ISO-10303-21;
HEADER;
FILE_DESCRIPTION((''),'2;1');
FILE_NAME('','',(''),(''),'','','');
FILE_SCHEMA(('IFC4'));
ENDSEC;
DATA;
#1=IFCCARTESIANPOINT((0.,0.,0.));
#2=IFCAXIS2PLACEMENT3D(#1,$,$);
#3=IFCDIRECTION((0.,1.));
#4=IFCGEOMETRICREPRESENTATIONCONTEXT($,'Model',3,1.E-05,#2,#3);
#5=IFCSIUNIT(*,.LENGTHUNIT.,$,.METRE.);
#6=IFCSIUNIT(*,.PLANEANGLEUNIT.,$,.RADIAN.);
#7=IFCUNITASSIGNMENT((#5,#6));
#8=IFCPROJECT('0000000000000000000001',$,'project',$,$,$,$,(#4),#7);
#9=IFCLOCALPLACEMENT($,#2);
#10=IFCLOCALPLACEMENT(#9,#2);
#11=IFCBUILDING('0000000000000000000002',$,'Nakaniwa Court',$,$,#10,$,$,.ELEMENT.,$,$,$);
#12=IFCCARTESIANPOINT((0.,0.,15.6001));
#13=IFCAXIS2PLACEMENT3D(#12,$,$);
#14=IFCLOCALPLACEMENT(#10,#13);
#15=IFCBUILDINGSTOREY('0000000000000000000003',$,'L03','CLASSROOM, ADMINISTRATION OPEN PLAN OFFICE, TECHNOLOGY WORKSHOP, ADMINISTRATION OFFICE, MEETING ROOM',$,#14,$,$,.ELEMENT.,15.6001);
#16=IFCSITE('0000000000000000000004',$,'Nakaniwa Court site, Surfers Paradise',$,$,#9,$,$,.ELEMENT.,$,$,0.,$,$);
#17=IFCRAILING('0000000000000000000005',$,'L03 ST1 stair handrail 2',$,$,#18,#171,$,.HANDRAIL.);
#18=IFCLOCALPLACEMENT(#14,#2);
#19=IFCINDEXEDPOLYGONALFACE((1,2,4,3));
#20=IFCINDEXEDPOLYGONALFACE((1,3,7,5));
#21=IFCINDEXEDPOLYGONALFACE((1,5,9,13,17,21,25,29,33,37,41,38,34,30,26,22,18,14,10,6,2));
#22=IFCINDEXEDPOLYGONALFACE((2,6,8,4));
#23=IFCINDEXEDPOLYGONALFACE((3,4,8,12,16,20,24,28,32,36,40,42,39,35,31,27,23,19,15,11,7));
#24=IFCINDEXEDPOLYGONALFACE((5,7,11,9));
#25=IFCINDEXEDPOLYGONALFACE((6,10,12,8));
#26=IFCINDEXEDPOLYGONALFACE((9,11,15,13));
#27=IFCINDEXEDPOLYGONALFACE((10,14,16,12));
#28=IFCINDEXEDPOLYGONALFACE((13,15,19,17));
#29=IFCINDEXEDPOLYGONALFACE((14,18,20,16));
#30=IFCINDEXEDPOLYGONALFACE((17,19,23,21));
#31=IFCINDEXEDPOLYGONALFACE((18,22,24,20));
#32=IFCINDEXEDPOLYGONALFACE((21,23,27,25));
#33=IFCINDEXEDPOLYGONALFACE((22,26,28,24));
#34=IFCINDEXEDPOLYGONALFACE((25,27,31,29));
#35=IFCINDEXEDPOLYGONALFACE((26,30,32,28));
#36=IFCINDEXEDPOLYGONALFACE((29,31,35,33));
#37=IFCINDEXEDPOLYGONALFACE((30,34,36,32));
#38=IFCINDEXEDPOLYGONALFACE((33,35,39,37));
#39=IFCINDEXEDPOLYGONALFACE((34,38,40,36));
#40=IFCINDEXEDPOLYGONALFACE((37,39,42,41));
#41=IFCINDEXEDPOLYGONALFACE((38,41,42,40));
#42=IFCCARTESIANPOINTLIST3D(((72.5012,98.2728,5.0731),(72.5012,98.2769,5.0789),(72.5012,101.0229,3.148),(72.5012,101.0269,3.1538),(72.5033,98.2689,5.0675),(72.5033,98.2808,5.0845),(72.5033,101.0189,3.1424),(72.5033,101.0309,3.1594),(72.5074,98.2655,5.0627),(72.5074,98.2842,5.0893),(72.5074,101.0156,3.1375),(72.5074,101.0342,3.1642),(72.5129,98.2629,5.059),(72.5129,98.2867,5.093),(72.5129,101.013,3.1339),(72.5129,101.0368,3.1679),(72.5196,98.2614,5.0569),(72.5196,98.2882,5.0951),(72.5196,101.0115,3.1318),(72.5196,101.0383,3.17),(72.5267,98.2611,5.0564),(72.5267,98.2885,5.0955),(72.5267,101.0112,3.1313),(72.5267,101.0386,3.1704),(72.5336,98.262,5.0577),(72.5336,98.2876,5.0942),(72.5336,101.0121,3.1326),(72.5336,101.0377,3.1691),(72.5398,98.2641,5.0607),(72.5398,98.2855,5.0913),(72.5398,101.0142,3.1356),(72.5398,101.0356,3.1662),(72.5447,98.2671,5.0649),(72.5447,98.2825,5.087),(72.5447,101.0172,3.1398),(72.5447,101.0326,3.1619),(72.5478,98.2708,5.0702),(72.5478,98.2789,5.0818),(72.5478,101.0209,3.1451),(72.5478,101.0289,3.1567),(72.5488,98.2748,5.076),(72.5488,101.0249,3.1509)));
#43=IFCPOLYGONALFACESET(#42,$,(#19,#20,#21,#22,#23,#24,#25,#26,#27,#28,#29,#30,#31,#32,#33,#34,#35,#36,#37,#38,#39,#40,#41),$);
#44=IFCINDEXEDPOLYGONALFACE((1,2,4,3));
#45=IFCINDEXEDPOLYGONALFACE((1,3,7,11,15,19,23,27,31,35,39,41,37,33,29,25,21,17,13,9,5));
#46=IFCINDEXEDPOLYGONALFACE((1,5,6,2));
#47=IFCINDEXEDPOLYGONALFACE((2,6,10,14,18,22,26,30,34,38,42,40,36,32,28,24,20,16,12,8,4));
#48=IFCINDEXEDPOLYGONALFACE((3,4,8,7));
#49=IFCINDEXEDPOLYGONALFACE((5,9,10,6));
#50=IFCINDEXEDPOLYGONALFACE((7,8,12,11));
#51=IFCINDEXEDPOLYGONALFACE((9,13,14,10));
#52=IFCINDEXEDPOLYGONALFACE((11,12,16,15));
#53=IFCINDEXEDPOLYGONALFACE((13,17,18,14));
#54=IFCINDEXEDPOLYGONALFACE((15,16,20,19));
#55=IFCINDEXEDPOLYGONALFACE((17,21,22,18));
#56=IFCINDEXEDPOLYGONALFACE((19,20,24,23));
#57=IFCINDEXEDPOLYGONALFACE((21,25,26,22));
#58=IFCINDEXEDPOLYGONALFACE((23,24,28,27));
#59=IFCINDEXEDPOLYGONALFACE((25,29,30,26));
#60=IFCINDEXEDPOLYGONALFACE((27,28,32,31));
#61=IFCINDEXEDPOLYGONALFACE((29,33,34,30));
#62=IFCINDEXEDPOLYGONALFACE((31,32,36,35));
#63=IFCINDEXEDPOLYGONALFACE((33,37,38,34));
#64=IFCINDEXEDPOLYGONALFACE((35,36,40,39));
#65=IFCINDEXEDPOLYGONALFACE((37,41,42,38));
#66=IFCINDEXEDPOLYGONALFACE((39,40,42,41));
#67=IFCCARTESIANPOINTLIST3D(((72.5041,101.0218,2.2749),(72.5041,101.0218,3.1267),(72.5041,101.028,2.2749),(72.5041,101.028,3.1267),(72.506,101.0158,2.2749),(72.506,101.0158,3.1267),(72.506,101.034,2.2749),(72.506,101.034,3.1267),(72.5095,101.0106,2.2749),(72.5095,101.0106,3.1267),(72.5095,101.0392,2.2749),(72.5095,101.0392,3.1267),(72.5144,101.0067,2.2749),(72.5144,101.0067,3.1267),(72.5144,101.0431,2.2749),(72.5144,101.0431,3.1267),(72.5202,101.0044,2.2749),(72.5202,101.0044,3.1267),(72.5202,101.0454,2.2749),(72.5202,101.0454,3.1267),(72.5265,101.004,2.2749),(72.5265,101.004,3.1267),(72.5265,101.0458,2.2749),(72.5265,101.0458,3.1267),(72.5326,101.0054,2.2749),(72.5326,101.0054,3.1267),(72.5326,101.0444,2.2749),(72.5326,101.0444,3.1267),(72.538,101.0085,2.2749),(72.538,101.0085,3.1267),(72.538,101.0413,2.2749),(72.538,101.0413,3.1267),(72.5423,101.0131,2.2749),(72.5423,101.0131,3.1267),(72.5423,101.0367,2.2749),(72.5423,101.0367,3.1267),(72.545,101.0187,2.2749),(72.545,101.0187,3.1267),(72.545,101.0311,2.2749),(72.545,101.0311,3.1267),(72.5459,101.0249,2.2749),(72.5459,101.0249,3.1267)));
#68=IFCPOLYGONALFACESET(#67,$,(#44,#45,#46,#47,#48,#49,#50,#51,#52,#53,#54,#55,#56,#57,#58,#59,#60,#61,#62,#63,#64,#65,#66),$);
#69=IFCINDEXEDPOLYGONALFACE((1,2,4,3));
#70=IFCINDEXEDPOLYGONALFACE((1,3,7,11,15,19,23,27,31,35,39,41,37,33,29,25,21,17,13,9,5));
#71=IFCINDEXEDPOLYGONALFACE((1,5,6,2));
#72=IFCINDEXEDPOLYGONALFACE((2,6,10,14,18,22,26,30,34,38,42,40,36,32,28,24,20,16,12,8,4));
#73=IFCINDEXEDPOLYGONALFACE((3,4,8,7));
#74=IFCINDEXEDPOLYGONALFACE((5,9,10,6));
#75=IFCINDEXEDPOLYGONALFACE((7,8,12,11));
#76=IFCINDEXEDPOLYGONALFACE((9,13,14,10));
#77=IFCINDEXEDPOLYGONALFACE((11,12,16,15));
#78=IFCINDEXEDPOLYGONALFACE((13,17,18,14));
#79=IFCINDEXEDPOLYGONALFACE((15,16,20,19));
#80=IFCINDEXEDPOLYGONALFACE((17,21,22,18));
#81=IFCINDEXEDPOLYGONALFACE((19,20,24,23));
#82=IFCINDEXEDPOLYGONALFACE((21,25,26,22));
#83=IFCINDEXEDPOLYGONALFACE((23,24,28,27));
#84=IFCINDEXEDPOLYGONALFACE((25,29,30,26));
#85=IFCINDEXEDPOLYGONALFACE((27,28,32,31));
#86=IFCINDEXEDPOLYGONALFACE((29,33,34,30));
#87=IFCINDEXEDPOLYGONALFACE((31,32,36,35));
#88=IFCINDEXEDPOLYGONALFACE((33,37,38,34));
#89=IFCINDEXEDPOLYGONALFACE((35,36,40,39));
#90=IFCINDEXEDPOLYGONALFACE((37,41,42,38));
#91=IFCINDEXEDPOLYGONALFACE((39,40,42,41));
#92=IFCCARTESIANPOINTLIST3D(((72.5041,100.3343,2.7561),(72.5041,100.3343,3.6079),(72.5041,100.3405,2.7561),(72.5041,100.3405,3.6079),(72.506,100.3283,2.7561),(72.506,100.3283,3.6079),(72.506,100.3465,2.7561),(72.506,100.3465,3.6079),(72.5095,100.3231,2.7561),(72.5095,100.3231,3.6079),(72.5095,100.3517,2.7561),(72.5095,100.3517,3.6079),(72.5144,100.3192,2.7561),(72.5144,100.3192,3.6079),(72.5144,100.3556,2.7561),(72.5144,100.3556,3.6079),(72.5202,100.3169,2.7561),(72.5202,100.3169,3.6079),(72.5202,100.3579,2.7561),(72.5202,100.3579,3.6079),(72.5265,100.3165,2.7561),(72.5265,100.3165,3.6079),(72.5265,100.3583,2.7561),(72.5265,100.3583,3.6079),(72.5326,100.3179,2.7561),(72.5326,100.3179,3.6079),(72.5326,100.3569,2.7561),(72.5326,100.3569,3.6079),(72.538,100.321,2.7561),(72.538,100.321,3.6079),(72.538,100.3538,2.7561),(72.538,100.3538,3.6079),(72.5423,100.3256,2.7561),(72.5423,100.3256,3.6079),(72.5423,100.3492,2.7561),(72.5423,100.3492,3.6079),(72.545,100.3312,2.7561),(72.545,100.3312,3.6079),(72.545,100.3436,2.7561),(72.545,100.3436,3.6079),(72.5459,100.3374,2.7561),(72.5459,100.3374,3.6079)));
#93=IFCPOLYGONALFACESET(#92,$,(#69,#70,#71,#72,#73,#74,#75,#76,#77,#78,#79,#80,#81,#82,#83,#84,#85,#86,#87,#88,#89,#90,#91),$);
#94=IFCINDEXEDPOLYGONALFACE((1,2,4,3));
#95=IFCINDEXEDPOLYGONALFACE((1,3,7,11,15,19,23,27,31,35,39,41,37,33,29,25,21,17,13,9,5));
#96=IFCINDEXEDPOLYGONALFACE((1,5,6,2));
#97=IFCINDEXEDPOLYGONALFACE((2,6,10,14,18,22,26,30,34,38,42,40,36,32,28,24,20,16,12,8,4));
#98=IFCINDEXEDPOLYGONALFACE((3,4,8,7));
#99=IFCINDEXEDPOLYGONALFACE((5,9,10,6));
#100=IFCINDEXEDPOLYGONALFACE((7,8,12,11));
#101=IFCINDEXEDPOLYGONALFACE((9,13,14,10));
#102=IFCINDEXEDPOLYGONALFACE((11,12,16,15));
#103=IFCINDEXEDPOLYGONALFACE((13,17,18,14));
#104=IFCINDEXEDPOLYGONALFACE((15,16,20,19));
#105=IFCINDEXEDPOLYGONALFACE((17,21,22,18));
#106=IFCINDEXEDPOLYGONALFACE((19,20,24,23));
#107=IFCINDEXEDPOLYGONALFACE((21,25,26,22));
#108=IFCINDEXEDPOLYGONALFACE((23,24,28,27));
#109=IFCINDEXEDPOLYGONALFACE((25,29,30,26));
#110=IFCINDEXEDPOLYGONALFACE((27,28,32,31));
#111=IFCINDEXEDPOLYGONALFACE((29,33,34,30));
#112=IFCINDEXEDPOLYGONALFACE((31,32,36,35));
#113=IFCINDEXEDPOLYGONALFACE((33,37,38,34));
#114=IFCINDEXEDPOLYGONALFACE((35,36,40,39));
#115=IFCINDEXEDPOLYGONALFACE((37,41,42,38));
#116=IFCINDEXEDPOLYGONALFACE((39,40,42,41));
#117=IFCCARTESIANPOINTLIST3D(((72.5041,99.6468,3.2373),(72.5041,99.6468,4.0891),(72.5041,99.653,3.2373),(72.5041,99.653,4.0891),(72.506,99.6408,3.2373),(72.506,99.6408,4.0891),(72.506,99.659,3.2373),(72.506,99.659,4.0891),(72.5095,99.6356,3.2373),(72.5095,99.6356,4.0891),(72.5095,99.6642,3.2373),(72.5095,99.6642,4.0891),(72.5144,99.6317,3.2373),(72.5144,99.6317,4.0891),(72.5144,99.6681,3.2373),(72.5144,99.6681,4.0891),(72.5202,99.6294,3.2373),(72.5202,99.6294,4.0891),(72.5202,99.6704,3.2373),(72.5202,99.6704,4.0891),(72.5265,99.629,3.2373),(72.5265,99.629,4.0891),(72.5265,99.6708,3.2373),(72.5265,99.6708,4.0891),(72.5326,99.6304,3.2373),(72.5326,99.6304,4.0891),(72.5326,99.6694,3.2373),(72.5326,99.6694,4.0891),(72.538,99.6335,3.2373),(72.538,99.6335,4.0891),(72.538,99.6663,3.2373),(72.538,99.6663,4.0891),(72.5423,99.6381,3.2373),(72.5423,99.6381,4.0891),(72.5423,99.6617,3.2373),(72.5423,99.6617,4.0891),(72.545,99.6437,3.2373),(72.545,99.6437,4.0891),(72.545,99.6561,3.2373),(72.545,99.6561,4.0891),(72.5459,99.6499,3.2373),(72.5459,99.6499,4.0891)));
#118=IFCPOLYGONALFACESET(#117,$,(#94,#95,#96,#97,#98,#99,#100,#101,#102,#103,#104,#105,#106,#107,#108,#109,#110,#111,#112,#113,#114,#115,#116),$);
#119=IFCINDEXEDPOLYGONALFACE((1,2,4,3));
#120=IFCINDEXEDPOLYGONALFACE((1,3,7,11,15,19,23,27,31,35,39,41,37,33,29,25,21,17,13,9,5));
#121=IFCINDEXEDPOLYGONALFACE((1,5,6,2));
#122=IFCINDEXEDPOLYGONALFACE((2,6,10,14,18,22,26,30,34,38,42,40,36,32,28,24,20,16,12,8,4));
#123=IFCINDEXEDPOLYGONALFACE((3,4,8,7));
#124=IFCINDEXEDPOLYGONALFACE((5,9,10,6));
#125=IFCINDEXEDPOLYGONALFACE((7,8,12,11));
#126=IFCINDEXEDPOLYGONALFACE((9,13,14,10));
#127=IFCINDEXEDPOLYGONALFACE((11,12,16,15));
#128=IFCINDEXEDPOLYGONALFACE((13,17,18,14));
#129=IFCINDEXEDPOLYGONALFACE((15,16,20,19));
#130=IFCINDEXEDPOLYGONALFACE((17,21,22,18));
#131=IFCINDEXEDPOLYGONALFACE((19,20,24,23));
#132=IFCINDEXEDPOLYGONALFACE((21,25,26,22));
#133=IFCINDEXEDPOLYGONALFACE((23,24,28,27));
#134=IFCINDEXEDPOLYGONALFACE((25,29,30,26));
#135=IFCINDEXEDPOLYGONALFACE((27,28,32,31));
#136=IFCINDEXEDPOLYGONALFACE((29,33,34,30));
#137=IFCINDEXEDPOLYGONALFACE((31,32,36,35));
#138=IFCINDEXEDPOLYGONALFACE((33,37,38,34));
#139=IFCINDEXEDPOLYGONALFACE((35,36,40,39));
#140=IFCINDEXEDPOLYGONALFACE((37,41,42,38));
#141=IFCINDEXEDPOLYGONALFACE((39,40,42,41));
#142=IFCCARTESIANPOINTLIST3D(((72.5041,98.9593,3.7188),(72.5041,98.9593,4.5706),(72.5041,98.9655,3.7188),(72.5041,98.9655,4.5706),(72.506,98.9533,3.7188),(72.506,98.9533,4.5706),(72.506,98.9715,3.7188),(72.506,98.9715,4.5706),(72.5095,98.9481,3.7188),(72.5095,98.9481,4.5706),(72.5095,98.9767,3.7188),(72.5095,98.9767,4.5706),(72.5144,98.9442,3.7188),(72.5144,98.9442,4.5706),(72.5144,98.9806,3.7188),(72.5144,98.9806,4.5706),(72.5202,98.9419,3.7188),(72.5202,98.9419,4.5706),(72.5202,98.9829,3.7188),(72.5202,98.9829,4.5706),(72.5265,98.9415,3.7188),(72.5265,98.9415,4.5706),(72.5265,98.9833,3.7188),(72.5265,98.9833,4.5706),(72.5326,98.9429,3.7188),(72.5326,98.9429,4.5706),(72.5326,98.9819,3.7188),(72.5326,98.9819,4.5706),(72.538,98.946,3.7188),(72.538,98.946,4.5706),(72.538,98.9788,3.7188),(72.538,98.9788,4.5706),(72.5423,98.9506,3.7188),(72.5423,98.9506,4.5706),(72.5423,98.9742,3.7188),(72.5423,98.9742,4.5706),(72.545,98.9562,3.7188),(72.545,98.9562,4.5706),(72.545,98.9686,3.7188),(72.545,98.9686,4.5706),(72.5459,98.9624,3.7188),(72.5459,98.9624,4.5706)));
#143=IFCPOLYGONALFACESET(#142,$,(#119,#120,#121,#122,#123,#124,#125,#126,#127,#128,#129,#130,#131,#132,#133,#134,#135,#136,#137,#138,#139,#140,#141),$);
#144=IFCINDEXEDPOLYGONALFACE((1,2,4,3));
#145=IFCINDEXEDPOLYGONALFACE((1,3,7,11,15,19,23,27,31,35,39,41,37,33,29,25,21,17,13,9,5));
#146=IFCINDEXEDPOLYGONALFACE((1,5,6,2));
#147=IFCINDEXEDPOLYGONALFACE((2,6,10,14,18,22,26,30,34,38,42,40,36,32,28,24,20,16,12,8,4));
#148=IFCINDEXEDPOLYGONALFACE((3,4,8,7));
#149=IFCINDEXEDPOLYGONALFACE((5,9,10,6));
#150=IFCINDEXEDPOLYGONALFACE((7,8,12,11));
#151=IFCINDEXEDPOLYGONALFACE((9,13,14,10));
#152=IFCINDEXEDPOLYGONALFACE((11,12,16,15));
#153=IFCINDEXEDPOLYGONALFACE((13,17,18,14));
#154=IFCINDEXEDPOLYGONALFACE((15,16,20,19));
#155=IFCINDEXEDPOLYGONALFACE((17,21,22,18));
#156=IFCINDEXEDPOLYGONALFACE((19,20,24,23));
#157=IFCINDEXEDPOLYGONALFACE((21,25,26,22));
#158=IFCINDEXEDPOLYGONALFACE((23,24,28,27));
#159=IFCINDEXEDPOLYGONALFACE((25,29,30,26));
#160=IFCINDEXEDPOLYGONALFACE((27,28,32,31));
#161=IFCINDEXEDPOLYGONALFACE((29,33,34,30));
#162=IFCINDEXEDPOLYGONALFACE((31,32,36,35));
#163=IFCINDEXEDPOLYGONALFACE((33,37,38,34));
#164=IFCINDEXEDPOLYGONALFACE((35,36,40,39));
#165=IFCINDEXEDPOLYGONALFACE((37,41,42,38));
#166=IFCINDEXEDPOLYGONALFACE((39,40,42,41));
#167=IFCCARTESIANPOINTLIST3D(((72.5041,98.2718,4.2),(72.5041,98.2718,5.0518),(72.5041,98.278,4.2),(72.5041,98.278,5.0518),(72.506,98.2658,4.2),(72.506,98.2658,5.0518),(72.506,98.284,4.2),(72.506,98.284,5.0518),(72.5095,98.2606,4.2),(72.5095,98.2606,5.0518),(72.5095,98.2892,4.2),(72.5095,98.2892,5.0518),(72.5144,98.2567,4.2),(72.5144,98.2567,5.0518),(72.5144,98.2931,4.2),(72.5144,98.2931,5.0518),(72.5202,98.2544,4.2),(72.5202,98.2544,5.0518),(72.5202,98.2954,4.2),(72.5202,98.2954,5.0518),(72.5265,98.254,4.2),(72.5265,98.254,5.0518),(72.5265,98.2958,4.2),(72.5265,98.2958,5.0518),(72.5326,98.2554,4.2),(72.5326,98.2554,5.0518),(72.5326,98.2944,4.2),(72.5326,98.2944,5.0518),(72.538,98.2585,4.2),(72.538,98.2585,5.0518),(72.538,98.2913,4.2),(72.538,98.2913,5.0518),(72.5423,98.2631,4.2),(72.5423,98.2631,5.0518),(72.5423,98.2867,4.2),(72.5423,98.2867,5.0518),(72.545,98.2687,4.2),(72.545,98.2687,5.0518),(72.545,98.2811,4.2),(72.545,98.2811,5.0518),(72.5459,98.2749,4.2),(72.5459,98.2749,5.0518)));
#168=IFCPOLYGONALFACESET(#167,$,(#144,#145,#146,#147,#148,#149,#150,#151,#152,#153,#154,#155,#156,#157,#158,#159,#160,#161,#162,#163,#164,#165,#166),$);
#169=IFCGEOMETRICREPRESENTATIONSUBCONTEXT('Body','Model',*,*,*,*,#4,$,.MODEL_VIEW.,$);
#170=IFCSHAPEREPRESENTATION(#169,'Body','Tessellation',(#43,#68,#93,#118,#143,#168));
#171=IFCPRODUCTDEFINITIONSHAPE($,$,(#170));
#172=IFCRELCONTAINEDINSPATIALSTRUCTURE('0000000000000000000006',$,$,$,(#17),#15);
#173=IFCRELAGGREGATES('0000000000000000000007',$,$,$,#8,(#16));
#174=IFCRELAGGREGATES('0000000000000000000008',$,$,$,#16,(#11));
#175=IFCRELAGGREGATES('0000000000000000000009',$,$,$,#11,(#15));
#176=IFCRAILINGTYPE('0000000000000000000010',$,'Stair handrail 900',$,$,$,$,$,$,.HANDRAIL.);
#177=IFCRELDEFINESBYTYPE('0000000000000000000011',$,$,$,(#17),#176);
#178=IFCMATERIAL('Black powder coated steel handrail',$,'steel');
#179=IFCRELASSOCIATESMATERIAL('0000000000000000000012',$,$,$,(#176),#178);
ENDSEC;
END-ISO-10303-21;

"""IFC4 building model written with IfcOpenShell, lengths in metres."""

from ifc_helpers import new_model, si_unit, direction, frame, origin, origin_2d, place, context, subcontext, project, spatial, circle, extrude, material, type_object, element, save


model = new_model("IFC4")

# Units and contexts
model_context = context("Model", 3, precision=1e-05, world=origin(), true_north=direction((0.0, 1.0)))
body_context = subcontext(model_context, "Body", "Model", "MODEL_VIEW")
ifc_project = project(units=[si_unit("LENGTHUNIT", "METRE"), si_unit("PLANEANGLEUNIT", "RADIAN")], contexts=[model_context])

# Site, building, storey
site_placement = place(None, origin())
site = spatial("IfcSite", under=ifc_project, at=site_placement, Name="Nakaniwa Court site, Surfers Paradise", CompositionType="ELEMENT", RefElevation=0.0)
building_placement = place(site_placement, origin())
building = spatial("IfcBuilding", under=site, at=building_placement, Name="Nakaniwa Court", CompositionType="ELEMENT")
storey_placement = place(building_placement, frame((0.0, 0.0, 15.6001)))
storey = spatial("IfcBuildingStorey", under=building, at=storey_placement, Name="L03", Description="CLASSROOM, ADMINISTRATION OPEN PLAN OFFICE, TECHNOLOGY WORKSHOP, ADMINISTRATION OFFICE, MEETING ROOM", CompositionType="ELEMENT", Elevation=15.6001)

# Railing
ifc_material_1 = material(Name="Black powder coated steel handrail", Category="steel")
railing_type_1 = type_object("IfcRailingType", Name="Stair handrail 900", PredefinedType="HANDRAIL", material=ifc_material_1)
railing_1_placement = place(storey_placement, frame((72.5249, 101.0249, 2.2749)))
element("IfcRailing", 1, at=railing_1_placement, inside=storey, type_object=railing_type_1, Name="L03 ST1 stair handrail 2", PredefinedType="HANDRAIL", context=body_context, shape_type="SweptSolid", body=[
    extrude(circle(Radius=0.0239, at=origin_2d()), frame((0.0, 0.0, 0.876), z_axis=(0.0, -0.819225, 0.573472), x_axis=(1.0, 0.0, 0.0)), (0.0, 0.0, 1.0), 3.3569),
    extrude(circle(Radius=0.021, at=origin_2d()), origin(), (0.0, 0.0, 1.0), 0.8518),
    extrude(circle(Radius=0.021, at=origin_2d()), frame((0.0, -0.6875, 0.4812)), (0.0, 0.0, 1.0), 0.8518),
    extrude(circle(Radius=0.021, at=origin_2d()), frame((0.0, -1.375, 0.9624)), (0.0, 0.0, 1.0), 0.8518),
    extrude(circle(Radius=0.021, at=origin_2d()), frame((0.0, -2.0625, 1.4438)), (0.0, 0.0, 1.0), 0.8518),
    extrude(circle(Radius=0.021, at=origin_2d()), frame((0.0, -2.75, 1.925)), (0.0, 0.0, 1.0), 0.8518),
])

save(model, "model.ifc")
